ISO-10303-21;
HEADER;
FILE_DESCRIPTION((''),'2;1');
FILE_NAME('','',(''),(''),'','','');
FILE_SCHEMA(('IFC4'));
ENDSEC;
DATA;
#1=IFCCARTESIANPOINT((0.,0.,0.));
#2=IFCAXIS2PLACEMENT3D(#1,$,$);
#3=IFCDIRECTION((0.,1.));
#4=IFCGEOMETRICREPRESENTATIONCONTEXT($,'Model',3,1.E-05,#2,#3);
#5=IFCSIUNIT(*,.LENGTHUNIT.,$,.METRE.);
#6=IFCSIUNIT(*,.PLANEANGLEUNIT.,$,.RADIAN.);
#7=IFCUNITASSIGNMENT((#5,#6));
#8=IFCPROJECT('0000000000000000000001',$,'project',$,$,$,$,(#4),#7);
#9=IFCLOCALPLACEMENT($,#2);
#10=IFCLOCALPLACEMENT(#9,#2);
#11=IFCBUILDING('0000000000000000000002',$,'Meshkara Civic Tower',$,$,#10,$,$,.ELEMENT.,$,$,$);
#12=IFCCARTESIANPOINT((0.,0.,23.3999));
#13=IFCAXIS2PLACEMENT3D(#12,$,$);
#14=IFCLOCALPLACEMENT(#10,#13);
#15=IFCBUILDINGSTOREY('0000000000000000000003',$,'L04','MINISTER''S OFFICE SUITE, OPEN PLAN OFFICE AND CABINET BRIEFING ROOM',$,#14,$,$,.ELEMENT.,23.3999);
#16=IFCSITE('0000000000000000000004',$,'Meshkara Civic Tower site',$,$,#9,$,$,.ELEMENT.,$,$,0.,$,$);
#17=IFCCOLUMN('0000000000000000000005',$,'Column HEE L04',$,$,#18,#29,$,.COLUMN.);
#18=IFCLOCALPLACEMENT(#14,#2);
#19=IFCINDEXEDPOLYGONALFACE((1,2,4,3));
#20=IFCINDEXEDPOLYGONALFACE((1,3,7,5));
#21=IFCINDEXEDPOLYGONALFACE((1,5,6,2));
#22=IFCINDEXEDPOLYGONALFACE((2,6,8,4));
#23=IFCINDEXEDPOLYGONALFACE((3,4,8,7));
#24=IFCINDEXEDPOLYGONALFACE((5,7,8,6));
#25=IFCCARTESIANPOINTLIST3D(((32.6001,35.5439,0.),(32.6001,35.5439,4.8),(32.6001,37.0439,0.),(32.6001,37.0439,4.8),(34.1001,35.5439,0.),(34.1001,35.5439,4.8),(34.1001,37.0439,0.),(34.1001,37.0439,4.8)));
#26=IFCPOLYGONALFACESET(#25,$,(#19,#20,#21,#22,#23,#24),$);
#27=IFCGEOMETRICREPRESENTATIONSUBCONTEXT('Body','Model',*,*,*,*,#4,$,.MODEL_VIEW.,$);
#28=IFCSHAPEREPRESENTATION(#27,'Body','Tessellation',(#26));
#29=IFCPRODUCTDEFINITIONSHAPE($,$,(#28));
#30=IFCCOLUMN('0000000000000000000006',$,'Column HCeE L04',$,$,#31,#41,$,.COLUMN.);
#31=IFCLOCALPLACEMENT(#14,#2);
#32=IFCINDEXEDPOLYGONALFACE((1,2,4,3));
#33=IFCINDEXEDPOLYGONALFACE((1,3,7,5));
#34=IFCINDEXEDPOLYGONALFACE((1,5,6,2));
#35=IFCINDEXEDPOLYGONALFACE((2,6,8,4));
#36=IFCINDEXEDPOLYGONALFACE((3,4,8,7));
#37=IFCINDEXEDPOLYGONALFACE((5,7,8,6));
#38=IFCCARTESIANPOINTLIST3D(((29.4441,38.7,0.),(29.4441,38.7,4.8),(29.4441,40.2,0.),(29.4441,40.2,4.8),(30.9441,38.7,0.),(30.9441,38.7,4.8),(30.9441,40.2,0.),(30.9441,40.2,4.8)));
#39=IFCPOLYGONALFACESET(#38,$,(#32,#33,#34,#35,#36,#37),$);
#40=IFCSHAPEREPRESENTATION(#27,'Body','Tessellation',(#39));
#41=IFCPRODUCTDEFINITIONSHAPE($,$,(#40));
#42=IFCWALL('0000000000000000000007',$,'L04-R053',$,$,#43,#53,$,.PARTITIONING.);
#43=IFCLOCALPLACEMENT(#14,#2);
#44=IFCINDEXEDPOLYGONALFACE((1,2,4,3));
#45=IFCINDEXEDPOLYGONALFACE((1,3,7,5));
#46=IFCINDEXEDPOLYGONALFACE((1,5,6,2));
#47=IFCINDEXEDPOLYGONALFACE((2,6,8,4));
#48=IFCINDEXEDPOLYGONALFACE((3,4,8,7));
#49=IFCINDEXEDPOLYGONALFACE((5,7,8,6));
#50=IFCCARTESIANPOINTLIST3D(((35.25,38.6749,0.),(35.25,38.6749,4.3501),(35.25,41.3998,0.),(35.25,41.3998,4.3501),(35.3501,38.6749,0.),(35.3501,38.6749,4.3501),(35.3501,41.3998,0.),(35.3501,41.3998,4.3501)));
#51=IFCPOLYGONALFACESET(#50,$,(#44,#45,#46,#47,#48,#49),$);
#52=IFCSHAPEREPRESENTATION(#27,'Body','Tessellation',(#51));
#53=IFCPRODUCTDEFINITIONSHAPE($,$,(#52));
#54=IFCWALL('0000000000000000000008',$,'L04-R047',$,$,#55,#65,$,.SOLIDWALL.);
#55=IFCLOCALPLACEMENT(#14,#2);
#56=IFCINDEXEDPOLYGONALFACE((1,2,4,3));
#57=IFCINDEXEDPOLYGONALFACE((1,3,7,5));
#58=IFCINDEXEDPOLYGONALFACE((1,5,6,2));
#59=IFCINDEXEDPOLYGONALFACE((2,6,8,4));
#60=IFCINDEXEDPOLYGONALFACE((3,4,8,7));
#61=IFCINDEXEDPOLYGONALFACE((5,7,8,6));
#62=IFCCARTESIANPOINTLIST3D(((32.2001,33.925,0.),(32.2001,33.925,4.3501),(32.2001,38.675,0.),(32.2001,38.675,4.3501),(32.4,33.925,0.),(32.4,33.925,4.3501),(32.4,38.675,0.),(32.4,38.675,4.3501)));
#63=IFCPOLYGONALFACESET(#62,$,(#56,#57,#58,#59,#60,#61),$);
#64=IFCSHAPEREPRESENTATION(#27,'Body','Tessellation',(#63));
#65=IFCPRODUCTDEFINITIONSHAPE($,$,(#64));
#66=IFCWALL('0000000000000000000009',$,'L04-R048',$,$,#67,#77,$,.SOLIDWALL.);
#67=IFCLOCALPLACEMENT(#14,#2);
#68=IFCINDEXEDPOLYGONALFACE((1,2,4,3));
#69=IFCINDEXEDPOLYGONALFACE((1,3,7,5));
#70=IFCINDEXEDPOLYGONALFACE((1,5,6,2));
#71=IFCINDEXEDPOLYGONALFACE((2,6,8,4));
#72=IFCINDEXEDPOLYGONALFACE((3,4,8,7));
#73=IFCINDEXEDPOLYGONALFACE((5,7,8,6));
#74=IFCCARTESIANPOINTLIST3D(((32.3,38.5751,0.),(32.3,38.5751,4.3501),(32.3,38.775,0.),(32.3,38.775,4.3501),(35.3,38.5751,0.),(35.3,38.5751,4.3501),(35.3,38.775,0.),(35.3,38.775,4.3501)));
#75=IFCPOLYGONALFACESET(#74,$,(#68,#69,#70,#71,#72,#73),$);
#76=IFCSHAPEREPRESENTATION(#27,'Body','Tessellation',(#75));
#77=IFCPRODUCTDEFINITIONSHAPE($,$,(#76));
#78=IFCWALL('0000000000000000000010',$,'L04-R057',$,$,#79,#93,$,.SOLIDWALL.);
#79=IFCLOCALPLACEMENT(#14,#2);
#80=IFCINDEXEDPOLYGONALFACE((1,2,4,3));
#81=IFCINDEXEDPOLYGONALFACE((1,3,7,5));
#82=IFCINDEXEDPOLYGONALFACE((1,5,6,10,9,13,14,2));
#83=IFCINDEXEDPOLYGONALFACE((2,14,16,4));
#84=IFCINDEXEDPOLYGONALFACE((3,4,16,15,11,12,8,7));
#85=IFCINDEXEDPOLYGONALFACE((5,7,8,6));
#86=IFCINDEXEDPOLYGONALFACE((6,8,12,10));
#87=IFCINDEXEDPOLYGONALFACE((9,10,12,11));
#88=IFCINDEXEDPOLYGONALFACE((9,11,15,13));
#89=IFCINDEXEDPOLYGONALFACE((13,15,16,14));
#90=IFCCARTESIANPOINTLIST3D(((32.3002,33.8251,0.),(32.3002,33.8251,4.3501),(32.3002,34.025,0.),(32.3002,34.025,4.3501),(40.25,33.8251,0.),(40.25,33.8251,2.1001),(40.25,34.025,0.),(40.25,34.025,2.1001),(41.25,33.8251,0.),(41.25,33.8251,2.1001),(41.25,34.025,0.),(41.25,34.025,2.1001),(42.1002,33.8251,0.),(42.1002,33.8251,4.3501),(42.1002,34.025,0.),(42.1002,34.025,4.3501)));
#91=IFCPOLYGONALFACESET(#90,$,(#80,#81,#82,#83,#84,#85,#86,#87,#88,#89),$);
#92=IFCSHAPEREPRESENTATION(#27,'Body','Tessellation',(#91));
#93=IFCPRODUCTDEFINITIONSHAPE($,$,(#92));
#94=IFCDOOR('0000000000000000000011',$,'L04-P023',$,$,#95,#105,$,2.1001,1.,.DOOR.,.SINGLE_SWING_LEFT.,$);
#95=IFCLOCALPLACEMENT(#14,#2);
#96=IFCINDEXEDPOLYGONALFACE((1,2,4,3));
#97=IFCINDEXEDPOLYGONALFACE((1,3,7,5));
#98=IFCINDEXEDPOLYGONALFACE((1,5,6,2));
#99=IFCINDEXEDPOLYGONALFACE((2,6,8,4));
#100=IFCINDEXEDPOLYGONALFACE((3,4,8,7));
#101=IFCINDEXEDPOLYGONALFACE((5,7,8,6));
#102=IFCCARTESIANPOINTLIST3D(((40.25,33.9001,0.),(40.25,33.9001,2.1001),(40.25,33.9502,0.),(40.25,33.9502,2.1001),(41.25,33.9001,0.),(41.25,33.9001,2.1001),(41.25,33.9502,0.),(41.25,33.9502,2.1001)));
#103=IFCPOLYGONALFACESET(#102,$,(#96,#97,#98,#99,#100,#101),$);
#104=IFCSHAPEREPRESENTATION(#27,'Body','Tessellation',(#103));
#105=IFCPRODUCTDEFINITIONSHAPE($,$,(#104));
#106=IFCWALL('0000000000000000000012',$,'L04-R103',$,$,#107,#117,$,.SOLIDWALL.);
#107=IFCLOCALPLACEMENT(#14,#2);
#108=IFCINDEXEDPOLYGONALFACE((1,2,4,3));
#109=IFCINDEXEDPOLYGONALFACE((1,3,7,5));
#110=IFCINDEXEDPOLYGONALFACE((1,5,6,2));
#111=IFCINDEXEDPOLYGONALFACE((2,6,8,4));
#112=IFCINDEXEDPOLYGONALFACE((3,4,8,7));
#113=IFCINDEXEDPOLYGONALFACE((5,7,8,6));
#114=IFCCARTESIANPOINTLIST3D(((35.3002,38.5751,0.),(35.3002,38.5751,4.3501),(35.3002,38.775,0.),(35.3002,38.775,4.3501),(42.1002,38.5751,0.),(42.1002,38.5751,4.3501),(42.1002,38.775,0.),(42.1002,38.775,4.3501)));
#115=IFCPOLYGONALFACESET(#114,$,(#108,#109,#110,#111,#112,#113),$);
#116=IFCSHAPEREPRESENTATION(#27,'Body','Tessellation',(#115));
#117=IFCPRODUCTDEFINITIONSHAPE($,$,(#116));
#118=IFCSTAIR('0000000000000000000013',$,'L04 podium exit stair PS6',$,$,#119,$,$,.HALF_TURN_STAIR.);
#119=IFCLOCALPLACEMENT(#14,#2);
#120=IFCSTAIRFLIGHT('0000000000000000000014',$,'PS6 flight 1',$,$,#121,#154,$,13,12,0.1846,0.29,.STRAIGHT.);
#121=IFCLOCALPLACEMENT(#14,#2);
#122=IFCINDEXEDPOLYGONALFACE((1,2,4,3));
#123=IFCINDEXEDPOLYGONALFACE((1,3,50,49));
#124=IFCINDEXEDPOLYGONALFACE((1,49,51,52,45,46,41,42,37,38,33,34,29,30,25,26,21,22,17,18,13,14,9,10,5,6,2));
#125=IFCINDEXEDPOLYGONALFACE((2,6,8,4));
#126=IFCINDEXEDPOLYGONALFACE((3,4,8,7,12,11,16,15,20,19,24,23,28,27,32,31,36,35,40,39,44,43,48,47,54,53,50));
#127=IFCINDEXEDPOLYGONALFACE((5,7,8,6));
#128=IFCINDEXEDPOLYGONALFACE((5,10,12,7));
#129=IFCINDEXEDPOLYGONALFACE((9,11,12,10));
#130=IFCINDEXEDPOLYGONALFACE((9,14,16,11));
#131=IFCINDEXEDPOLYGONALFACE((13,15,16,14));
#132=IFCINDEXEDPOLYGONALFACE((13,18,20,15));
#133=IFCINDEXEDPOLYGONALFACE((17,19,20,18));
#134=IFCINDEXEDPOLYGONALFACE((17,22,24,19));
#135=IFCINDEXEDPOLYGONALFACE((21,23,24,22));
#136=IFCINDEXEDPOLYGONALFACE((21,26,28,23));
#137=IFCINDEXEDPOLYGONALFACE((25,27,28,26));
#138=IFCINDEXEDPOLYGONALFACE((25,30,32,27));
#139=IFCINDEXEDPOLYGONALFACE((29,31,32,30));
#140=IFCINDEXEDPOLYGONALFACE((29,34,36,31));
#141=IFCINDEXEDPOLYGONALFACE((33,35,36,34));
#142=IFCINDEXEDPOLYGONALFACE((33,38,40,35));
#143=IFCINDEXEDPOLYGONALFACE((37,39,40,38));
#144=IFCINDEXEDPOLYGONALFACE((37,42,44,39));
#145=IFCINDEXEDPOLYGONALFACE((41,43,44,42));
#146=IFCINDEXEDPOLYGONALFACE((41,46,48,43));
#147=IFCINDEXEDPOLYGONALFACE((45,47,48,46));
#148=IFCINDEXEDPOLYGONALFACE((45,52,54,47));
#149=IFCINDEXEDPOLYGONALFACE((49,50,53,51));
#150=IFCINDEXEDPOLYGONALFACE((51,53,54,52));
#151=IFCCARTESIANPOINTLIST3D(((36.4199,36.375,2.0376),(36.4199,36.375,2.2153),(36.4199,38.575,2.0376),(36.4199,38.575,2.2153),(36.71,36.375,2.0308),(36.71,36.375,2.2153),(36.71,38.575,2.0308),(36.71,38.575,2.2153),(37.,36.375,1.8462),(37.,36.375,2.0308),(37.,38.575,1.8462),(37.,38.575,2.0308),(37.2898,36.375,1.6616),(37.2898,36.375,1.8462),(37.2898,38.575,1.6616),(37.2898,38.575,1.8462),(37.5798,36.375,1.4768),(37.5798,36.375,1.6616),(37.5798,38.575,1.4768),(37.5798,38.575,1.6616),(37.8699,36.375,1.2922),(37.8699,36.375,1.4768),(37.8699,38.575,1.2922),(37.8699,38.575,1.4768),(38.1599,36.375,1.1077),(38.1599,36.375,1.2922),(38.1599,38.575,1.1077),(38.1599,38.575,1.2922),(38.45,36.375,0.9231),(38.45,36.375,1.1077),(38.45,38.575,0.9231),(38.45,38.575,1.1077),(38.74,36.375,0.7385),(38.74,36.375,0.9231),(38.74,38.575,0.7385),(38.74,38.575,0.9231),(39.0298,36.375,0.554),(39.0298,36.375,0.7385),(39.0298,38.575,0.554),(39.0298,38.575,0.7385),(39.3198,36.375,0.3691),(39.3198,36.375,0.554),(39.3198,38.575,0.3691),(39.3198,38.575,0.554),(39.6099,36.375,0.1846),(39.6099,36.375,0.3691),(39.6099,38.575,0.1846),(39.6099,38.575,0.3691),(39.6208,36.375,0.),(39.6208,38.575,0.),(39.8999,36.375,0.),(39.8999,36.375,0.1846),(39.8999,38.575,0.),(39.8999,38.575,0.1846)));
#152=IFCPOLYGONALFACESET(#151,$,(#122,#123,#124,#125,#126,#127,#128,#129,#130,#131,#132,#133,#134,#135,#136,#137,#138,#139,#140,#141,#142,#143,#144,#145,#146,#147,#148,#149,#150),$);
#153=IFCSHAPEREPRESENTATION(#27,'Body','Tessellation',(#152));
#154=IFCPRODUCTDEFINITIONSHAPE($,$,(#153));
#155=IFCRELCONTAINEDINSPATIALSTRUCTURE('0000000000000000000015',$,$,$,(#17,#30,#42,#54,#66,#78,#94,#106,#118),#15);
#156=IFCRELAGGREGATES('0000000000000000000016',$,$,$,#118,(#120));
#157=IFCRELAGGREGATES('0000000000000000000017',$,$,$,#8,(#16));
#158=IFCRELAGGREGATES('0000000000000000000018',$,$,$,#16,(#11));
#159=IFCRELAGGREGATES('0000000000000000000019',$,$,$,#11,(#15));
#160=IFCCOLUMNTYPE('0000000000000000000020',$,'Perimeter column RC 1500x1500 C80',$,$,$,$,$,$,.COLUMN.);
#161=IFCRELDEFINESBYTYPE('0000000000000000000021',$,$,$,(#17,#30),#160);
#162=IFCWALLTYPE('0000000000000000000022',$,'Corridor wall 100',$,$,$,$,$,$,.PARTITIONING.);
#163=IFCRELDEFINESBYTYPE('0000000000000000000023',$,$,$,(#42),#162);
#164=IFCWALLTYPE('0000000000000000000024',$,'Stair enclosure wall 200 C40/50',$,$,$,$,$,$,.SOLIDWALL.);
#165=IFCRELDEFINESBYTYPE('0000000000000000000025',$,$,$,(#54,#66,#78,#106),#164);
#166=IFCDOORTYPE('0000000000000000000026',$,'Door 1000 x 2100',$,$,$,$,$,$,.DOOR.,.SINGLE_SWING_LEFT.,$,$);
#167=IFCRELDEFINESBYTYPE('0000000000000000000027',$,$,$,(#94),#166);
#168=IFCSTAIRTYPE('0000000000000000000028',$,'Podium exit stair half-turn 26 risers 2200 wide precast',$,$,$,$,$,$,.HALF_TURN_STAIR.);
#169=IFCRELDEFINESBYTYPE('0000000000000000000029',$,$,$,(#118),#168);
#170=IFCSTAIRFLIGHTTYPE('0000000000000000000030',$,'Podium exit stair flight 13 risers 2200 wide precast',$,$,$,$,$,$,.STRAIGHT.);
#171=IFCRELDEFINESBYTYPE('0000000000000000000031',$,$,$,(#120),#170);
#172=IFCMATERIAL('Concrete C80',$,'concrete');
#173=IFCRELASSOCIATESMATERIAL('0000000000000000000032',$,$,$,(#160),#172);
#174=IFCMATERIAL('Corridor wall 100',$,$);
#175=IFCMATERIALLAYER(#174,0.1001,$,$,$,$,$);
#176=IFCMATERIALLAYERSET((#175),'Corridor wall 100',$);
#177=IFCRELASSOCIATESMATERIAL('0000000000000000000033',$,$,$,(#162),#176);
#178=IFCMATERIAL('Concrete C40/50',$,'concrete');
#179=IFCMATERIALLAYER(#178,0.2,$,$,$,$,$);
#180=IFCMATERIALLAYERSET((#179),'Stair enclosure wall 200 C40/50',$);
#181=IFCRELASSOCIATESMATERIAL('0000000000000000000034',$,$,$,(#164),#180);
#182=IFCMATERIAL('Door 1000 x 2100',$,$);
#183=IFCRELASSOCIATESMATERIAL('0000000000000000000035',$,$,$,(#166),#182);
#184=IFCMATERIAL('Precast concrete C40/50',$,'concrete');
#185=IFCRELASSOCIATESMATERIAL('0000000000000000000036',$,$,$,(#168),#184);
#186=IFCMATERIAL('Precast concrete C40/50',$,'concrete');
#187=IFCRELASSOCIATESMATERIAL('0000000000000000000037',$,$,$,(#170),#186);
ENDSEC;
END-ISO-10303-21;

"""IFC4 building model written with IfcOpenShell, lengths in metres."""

from ifc_helpers import new_model, si_unit, direction, frame, frame_2d, origin, origin_2d, place, context, subcontext, project, spatial, polyline, rectangle, outline, extrude, material, layer, layer_set, material_profile, profile_set, type_object, element, fill, aggregate, save


model = new_model("IFC4")

# Units and contexts
model_context = context("Model", 3, precision=1e-05, world=origin(), true_north=direction((0.0, 1.0)))
body_context = subcontext(model_context, "Body", "Model", "MODEL_VIEW")
ifc_project = project(units=[si_unit("LENGTHUNIT", "METRE"), si_unit("PLANEANGLEUNIT", "RADIAN")], contexts=[model_context])

# Site, building, storey
site_placement = place(None, origin())
site = spatial("IfcSite", under=ifc_project, at=site_placement, Name="Meshkara Civic Tower site", CompositionType="ELEMENT", RefElevation=0.0)
building_placement = place(site_placement, origin())
building = spatial("IfcBuilding", under=site, at=building_placement, Name="Meshkara Civic Tower", CompositionType="ELEMENT")
storey_placement = place(building_placement, frame((0.0, 0.0, 23.3999)))
storey = spatial("IfcBuildingStorey", under=building, at=storey_placement, Name="L04", Description="MINISTER'S OFFICE SUITE, OPEN PLAN OFFICE AND CABINET BRIEFING ROOM", CompositionType="ELEMENT", Elevation=23.3999)

# Columns
ifc_material_1 = material(Name="Concrete C80", Category="concrete")
ifc_material_profile = material_profile(ifc_material_1, rectangle(XDim=1.5, YDim=1.5, at=origin_2d()))
ifc_profile_set = profile_set([ifc_material_profile], Name="Concrete C80")
column_type = type_object("IfcColumnType", Name="Perimeter column RC 1500x1500 C80", PredefinedType="COLUMN", material=ifc_profile_set)
for number, where, z_axis, x_axis, name in (
    (1, (33.3501, 36.2939, 0.0), (0.0, 0.0, 1.0), (1.0, 0.0, 0.0), "Column HEE L04"),
    (2, (30.1941, 39.45, 0.0), (0.0, 0.0, 1.0), (1.0, 0.0, 0.0), "Column HCeE L04"),
):
    element("IfcColumn", number, at=place(storey_placement, frame(where, z_axis=z_axis, x_axis=x_axis)), inside=storey, type_object=column_type, Name=name, PredefinedType="COLUMN", context=body_context, shape_type="SweptSolid", body=[
        extrude(rectangle(XDim=1.5, YDim=1.5, at=origin_2d()), origin(), (0.0, 0.0, 1.0), 4.8),
    ])

# Walls
ifc_material_2 = material(Name="Corridor wall 100")
ifc_layer_1 = layer(ifc_material_2, 0.1001)
ifc_layer_set_1 = layer_set([ifc_layer_1], Name="Corridor wall 100")
wall_type_1 = type_object("IfcWallType", Name="Corridor wall 100", PredefinedType="PARTITIONING", material=ifc_layer_set_1)
wall_1_placement = place(storey_placement, frame((35.3, 38.675, 0.0), z_axis=(0.0, 0.0, 1.0), x_axis=(0.0, 1.0, 0.0)))
element("IfcWall", 3, at=wall_1_placement, inside=storey, type_object=wall_type_1, Name="L04-R053", PredefinedType="PARTITIONING", context=body_context, shape_type="SweptSolid", body=[
    extrude(rectangle(XDim=2.7249, YDim=0.1001, at=frame_2d((1.3623, 0.0))), origin(), (0.0, 0.0, 1.0), 4.3501),
])
ifc_material_3 = material(Name="Concrete C40/50", Category="concrete")
ifc_layer_2 = layer(ifc_material_3, 0.2)
ifc_layer_set_2 = layer_set([ifc_layer_2], Name="Stair enclosure wall 200 C40/50")
wall_type_2 = type_object("IfcWallType", Name="Stair enclosure wall 200 C40/50", PredefinedType="SOLIDWALL", material=ifc_layer_set_2)
wall_2_placement = place(storey_placement, frame((32.3, 33.925, 0.0), z_axis=(0.0, 0.0, 1.0), x_axis=(0.0, 1.0, 0.0)))
element("IfcWall", 4, at=wall_2_placement, inside=storey, type_object=wall_type_2, Name="L04-R047", PredefinedType="SOLIDWALL", context=body_context, shape_type="SweptSolid", body=[
    extrude(rectangle(XDim=4.75, YDim=0.2, at=frame_2d((2.375, 0.0))), origin(), (0.0, 0.0, 1.0), 4.3501),
])
wall_3_placement = place(storey_placement, frame((32.3, 38.675, 0.0), z_axis=(0.0, 0.0, 1.0), x_axis=(1.0, 0.0, 0.0)))
element("IfcWall", 5, at=wall_3_placement, inside=storey, type_object=wall_type_2, Name="L04-R048", PredefinedType="SOLIDWALL", context=body_context, shape_type="SweptSolid", body=[
    extrude(rectangle(XDim=3.0, YDim=0.2, at=frame_2d((1.5, 0.0))), origin(), (0.0, 0.0, 1.0), 4.3501),
])

# Wall, opening, door
wall_4_placement = place(storey_placement, frame((42.1001, 33.925, 0.0), z_axis=(0.0, 0.0, 1.0), x_axis=(-1.0, 0.0, 0.0)))
wall_4 = element("IfcWall", 6, at=wall_4_placement, inside=storey, type_object=wall_type_2, Name="L04-R057", PredefinedType="SOLIDWALL", context=body_context, shape_type="SweptSolid", body=[
    extrude(rectangle(XDim=9.8, YDim=0.2, at=frame_2d((4.8999, 0.0))), origin(), (0.0, 0.0, 1.0), 4.3501),
])
opening_placement = place(wall_4_placement, frame((0.8501, 0.0, 0.0)))
opening = element("IfcOpeningElement", 7, at=opening_placement, cuts=wall_4, PredefinedType="OPENING", context=body_context, shape_type="SweptSolid", body=[
    extrude(rectangle(XDim=1.0, YDim=2.1001, at=frame_2d((0.5, 1.05))), frame((0.0, 0.1099, 0.0), z_axis=(0.0, -1.0, 0.0), x_axis=(1.0, 0.0, 0.0)), (0.0, 0.0, 1.0), 0.22),
])
ifc_material_4 = material(Name="Door 1000 x 2100")
door_type = type_object("IfcDoorType", Name="Door 1000 x 2100", OperationType="SINGLE_SWING_LEFT", PredefinedType="DOOR", material=ifc_material_4)
door_placement = place(opening_placement, origin())
door = element("IfcDoor", 8, at=door_placement, inside=storey, type_object=door_type, Name="L04-P023", OperationType="SINGLE_SWING_LEFT", OverallHeight=2.1001, OverallWidth=1.0, PredefinedType="DOOR", context=body_context, shape_type="SweptSolid", body=[
    extrude(rectangle(XDim=1.0, YDim=2.1001, at=frame_2d((0.5, 1.05))), frame((0.0, 0.0249, 0.0), z_axis=(0.0, -1.0, 0.0), x_axis=(1.0, 0.0, 0.0)), (0.0, 0.0, 1.0), 0.05),
])
fill(opening, door)

# Wall
wall_5_placement = place(storey_placement, frame((42.1001, 38.675, 0.0), z_axis=(0.0, 0.0, 1.0), x_axis=(-1.0, 0.0, 0.0)))
element("IfcWall", 9, at=wall_5_placement, inside=storey, type_object=wall_type_2, Name="L04-R103", PredefinedType="SOLIDWALL", context=body_context, shape_type="SweptSolid", body=[
    extrude(rectangle(XDim=6.8, YDim=0.2, at=frame_2d((3.3999, 0.0))), origin(), (0.0, 0.0, 1.0), 4.3501),
])

# Stair, stair flight
ifc_material_5 = material(Name="Precast concrete C40/50", Category="concrete")
stair_type = type_object("IfcStairType", Name="Podium exit stair half-turn 26 risers 2200 wide precast", PredefinedType="HALF_TURN_STAIR", material=ifc_material_5)
stair_placement = place(storey_placement, origin())
stair = element("IfcStair", 10, at=stair_placement, inside=storey, type_object=stair_type, Name="L04 podium exit stair PS6", PredefinedType="HALF_TURN_STAIR")
ifc_material_6 = material(Name="Precast concrete C40/50", Category="concrete")
stair_flight_type = type_object("IfcStairFlightType", Name="Podium exit stair flight 13 risers 2200 wide precast", PredefinedType="STRAIGHT", material=ifc_material_6)
stair_flight_1_placement = place(storey_placement, frame((39.8999, 37.4751, 0.0), z_axis=(0.0, 0.0, 1.0), x_axis=(-1.0, 0.0, 0.0)))
stair_flight_1 = element("IfcStairFlight", 11, at=stair_flight_1_placement, type_object=stair_flight_type, Name="PS6 flight 1", NumberOfRisers=13, NumberOfTreads=12, PredefinedType="STRAIGHT", RiserHeight=0.1846, TreadLength=0.29, context=body_context, shape_type="SweptSolid", body=[
    extrude(outline(polyline([(0.0, 0.0), (0.0, 0.1846), (0.29, 0.1846), (0.29, 0.3691), (0.5801, 0.3691), (0.5801, 0.554), (0.8701, 0.554), (0.8701, 0.7385), (1.1599, 0.7385), (1.1599, 0.9231), (1.45, 0.9231), (1.45, 1.1077), (1.74, 1.1077), (1.74, 1.2922), (2.03, 1.2922), (2.03, 1.4768), (2.3201, 1.4768), (2.3201, 1.6616), (2.6101, 1.6616), (2.6101, 1.8462), (2.8999, 1.8462), (2.8999, 2.0308), (3.1899, 2.0308), (3.1899, 2.2153), (3.48, 2.2153), (3.48, 2.3999), (3.48, 2.0376), (0.2791, 0.0), (0.0, 0.0)])), frame((0.0, 1.1001, 0.0), z_axis=(0.0, -1.0, 0.0), x_axis=(1.0, 0.0, 0.0)), (0.0, 0.0, 1.0), 2.2),
])
aggregate(stair, [stair_flight_1])

save(model, "model.ifc")
